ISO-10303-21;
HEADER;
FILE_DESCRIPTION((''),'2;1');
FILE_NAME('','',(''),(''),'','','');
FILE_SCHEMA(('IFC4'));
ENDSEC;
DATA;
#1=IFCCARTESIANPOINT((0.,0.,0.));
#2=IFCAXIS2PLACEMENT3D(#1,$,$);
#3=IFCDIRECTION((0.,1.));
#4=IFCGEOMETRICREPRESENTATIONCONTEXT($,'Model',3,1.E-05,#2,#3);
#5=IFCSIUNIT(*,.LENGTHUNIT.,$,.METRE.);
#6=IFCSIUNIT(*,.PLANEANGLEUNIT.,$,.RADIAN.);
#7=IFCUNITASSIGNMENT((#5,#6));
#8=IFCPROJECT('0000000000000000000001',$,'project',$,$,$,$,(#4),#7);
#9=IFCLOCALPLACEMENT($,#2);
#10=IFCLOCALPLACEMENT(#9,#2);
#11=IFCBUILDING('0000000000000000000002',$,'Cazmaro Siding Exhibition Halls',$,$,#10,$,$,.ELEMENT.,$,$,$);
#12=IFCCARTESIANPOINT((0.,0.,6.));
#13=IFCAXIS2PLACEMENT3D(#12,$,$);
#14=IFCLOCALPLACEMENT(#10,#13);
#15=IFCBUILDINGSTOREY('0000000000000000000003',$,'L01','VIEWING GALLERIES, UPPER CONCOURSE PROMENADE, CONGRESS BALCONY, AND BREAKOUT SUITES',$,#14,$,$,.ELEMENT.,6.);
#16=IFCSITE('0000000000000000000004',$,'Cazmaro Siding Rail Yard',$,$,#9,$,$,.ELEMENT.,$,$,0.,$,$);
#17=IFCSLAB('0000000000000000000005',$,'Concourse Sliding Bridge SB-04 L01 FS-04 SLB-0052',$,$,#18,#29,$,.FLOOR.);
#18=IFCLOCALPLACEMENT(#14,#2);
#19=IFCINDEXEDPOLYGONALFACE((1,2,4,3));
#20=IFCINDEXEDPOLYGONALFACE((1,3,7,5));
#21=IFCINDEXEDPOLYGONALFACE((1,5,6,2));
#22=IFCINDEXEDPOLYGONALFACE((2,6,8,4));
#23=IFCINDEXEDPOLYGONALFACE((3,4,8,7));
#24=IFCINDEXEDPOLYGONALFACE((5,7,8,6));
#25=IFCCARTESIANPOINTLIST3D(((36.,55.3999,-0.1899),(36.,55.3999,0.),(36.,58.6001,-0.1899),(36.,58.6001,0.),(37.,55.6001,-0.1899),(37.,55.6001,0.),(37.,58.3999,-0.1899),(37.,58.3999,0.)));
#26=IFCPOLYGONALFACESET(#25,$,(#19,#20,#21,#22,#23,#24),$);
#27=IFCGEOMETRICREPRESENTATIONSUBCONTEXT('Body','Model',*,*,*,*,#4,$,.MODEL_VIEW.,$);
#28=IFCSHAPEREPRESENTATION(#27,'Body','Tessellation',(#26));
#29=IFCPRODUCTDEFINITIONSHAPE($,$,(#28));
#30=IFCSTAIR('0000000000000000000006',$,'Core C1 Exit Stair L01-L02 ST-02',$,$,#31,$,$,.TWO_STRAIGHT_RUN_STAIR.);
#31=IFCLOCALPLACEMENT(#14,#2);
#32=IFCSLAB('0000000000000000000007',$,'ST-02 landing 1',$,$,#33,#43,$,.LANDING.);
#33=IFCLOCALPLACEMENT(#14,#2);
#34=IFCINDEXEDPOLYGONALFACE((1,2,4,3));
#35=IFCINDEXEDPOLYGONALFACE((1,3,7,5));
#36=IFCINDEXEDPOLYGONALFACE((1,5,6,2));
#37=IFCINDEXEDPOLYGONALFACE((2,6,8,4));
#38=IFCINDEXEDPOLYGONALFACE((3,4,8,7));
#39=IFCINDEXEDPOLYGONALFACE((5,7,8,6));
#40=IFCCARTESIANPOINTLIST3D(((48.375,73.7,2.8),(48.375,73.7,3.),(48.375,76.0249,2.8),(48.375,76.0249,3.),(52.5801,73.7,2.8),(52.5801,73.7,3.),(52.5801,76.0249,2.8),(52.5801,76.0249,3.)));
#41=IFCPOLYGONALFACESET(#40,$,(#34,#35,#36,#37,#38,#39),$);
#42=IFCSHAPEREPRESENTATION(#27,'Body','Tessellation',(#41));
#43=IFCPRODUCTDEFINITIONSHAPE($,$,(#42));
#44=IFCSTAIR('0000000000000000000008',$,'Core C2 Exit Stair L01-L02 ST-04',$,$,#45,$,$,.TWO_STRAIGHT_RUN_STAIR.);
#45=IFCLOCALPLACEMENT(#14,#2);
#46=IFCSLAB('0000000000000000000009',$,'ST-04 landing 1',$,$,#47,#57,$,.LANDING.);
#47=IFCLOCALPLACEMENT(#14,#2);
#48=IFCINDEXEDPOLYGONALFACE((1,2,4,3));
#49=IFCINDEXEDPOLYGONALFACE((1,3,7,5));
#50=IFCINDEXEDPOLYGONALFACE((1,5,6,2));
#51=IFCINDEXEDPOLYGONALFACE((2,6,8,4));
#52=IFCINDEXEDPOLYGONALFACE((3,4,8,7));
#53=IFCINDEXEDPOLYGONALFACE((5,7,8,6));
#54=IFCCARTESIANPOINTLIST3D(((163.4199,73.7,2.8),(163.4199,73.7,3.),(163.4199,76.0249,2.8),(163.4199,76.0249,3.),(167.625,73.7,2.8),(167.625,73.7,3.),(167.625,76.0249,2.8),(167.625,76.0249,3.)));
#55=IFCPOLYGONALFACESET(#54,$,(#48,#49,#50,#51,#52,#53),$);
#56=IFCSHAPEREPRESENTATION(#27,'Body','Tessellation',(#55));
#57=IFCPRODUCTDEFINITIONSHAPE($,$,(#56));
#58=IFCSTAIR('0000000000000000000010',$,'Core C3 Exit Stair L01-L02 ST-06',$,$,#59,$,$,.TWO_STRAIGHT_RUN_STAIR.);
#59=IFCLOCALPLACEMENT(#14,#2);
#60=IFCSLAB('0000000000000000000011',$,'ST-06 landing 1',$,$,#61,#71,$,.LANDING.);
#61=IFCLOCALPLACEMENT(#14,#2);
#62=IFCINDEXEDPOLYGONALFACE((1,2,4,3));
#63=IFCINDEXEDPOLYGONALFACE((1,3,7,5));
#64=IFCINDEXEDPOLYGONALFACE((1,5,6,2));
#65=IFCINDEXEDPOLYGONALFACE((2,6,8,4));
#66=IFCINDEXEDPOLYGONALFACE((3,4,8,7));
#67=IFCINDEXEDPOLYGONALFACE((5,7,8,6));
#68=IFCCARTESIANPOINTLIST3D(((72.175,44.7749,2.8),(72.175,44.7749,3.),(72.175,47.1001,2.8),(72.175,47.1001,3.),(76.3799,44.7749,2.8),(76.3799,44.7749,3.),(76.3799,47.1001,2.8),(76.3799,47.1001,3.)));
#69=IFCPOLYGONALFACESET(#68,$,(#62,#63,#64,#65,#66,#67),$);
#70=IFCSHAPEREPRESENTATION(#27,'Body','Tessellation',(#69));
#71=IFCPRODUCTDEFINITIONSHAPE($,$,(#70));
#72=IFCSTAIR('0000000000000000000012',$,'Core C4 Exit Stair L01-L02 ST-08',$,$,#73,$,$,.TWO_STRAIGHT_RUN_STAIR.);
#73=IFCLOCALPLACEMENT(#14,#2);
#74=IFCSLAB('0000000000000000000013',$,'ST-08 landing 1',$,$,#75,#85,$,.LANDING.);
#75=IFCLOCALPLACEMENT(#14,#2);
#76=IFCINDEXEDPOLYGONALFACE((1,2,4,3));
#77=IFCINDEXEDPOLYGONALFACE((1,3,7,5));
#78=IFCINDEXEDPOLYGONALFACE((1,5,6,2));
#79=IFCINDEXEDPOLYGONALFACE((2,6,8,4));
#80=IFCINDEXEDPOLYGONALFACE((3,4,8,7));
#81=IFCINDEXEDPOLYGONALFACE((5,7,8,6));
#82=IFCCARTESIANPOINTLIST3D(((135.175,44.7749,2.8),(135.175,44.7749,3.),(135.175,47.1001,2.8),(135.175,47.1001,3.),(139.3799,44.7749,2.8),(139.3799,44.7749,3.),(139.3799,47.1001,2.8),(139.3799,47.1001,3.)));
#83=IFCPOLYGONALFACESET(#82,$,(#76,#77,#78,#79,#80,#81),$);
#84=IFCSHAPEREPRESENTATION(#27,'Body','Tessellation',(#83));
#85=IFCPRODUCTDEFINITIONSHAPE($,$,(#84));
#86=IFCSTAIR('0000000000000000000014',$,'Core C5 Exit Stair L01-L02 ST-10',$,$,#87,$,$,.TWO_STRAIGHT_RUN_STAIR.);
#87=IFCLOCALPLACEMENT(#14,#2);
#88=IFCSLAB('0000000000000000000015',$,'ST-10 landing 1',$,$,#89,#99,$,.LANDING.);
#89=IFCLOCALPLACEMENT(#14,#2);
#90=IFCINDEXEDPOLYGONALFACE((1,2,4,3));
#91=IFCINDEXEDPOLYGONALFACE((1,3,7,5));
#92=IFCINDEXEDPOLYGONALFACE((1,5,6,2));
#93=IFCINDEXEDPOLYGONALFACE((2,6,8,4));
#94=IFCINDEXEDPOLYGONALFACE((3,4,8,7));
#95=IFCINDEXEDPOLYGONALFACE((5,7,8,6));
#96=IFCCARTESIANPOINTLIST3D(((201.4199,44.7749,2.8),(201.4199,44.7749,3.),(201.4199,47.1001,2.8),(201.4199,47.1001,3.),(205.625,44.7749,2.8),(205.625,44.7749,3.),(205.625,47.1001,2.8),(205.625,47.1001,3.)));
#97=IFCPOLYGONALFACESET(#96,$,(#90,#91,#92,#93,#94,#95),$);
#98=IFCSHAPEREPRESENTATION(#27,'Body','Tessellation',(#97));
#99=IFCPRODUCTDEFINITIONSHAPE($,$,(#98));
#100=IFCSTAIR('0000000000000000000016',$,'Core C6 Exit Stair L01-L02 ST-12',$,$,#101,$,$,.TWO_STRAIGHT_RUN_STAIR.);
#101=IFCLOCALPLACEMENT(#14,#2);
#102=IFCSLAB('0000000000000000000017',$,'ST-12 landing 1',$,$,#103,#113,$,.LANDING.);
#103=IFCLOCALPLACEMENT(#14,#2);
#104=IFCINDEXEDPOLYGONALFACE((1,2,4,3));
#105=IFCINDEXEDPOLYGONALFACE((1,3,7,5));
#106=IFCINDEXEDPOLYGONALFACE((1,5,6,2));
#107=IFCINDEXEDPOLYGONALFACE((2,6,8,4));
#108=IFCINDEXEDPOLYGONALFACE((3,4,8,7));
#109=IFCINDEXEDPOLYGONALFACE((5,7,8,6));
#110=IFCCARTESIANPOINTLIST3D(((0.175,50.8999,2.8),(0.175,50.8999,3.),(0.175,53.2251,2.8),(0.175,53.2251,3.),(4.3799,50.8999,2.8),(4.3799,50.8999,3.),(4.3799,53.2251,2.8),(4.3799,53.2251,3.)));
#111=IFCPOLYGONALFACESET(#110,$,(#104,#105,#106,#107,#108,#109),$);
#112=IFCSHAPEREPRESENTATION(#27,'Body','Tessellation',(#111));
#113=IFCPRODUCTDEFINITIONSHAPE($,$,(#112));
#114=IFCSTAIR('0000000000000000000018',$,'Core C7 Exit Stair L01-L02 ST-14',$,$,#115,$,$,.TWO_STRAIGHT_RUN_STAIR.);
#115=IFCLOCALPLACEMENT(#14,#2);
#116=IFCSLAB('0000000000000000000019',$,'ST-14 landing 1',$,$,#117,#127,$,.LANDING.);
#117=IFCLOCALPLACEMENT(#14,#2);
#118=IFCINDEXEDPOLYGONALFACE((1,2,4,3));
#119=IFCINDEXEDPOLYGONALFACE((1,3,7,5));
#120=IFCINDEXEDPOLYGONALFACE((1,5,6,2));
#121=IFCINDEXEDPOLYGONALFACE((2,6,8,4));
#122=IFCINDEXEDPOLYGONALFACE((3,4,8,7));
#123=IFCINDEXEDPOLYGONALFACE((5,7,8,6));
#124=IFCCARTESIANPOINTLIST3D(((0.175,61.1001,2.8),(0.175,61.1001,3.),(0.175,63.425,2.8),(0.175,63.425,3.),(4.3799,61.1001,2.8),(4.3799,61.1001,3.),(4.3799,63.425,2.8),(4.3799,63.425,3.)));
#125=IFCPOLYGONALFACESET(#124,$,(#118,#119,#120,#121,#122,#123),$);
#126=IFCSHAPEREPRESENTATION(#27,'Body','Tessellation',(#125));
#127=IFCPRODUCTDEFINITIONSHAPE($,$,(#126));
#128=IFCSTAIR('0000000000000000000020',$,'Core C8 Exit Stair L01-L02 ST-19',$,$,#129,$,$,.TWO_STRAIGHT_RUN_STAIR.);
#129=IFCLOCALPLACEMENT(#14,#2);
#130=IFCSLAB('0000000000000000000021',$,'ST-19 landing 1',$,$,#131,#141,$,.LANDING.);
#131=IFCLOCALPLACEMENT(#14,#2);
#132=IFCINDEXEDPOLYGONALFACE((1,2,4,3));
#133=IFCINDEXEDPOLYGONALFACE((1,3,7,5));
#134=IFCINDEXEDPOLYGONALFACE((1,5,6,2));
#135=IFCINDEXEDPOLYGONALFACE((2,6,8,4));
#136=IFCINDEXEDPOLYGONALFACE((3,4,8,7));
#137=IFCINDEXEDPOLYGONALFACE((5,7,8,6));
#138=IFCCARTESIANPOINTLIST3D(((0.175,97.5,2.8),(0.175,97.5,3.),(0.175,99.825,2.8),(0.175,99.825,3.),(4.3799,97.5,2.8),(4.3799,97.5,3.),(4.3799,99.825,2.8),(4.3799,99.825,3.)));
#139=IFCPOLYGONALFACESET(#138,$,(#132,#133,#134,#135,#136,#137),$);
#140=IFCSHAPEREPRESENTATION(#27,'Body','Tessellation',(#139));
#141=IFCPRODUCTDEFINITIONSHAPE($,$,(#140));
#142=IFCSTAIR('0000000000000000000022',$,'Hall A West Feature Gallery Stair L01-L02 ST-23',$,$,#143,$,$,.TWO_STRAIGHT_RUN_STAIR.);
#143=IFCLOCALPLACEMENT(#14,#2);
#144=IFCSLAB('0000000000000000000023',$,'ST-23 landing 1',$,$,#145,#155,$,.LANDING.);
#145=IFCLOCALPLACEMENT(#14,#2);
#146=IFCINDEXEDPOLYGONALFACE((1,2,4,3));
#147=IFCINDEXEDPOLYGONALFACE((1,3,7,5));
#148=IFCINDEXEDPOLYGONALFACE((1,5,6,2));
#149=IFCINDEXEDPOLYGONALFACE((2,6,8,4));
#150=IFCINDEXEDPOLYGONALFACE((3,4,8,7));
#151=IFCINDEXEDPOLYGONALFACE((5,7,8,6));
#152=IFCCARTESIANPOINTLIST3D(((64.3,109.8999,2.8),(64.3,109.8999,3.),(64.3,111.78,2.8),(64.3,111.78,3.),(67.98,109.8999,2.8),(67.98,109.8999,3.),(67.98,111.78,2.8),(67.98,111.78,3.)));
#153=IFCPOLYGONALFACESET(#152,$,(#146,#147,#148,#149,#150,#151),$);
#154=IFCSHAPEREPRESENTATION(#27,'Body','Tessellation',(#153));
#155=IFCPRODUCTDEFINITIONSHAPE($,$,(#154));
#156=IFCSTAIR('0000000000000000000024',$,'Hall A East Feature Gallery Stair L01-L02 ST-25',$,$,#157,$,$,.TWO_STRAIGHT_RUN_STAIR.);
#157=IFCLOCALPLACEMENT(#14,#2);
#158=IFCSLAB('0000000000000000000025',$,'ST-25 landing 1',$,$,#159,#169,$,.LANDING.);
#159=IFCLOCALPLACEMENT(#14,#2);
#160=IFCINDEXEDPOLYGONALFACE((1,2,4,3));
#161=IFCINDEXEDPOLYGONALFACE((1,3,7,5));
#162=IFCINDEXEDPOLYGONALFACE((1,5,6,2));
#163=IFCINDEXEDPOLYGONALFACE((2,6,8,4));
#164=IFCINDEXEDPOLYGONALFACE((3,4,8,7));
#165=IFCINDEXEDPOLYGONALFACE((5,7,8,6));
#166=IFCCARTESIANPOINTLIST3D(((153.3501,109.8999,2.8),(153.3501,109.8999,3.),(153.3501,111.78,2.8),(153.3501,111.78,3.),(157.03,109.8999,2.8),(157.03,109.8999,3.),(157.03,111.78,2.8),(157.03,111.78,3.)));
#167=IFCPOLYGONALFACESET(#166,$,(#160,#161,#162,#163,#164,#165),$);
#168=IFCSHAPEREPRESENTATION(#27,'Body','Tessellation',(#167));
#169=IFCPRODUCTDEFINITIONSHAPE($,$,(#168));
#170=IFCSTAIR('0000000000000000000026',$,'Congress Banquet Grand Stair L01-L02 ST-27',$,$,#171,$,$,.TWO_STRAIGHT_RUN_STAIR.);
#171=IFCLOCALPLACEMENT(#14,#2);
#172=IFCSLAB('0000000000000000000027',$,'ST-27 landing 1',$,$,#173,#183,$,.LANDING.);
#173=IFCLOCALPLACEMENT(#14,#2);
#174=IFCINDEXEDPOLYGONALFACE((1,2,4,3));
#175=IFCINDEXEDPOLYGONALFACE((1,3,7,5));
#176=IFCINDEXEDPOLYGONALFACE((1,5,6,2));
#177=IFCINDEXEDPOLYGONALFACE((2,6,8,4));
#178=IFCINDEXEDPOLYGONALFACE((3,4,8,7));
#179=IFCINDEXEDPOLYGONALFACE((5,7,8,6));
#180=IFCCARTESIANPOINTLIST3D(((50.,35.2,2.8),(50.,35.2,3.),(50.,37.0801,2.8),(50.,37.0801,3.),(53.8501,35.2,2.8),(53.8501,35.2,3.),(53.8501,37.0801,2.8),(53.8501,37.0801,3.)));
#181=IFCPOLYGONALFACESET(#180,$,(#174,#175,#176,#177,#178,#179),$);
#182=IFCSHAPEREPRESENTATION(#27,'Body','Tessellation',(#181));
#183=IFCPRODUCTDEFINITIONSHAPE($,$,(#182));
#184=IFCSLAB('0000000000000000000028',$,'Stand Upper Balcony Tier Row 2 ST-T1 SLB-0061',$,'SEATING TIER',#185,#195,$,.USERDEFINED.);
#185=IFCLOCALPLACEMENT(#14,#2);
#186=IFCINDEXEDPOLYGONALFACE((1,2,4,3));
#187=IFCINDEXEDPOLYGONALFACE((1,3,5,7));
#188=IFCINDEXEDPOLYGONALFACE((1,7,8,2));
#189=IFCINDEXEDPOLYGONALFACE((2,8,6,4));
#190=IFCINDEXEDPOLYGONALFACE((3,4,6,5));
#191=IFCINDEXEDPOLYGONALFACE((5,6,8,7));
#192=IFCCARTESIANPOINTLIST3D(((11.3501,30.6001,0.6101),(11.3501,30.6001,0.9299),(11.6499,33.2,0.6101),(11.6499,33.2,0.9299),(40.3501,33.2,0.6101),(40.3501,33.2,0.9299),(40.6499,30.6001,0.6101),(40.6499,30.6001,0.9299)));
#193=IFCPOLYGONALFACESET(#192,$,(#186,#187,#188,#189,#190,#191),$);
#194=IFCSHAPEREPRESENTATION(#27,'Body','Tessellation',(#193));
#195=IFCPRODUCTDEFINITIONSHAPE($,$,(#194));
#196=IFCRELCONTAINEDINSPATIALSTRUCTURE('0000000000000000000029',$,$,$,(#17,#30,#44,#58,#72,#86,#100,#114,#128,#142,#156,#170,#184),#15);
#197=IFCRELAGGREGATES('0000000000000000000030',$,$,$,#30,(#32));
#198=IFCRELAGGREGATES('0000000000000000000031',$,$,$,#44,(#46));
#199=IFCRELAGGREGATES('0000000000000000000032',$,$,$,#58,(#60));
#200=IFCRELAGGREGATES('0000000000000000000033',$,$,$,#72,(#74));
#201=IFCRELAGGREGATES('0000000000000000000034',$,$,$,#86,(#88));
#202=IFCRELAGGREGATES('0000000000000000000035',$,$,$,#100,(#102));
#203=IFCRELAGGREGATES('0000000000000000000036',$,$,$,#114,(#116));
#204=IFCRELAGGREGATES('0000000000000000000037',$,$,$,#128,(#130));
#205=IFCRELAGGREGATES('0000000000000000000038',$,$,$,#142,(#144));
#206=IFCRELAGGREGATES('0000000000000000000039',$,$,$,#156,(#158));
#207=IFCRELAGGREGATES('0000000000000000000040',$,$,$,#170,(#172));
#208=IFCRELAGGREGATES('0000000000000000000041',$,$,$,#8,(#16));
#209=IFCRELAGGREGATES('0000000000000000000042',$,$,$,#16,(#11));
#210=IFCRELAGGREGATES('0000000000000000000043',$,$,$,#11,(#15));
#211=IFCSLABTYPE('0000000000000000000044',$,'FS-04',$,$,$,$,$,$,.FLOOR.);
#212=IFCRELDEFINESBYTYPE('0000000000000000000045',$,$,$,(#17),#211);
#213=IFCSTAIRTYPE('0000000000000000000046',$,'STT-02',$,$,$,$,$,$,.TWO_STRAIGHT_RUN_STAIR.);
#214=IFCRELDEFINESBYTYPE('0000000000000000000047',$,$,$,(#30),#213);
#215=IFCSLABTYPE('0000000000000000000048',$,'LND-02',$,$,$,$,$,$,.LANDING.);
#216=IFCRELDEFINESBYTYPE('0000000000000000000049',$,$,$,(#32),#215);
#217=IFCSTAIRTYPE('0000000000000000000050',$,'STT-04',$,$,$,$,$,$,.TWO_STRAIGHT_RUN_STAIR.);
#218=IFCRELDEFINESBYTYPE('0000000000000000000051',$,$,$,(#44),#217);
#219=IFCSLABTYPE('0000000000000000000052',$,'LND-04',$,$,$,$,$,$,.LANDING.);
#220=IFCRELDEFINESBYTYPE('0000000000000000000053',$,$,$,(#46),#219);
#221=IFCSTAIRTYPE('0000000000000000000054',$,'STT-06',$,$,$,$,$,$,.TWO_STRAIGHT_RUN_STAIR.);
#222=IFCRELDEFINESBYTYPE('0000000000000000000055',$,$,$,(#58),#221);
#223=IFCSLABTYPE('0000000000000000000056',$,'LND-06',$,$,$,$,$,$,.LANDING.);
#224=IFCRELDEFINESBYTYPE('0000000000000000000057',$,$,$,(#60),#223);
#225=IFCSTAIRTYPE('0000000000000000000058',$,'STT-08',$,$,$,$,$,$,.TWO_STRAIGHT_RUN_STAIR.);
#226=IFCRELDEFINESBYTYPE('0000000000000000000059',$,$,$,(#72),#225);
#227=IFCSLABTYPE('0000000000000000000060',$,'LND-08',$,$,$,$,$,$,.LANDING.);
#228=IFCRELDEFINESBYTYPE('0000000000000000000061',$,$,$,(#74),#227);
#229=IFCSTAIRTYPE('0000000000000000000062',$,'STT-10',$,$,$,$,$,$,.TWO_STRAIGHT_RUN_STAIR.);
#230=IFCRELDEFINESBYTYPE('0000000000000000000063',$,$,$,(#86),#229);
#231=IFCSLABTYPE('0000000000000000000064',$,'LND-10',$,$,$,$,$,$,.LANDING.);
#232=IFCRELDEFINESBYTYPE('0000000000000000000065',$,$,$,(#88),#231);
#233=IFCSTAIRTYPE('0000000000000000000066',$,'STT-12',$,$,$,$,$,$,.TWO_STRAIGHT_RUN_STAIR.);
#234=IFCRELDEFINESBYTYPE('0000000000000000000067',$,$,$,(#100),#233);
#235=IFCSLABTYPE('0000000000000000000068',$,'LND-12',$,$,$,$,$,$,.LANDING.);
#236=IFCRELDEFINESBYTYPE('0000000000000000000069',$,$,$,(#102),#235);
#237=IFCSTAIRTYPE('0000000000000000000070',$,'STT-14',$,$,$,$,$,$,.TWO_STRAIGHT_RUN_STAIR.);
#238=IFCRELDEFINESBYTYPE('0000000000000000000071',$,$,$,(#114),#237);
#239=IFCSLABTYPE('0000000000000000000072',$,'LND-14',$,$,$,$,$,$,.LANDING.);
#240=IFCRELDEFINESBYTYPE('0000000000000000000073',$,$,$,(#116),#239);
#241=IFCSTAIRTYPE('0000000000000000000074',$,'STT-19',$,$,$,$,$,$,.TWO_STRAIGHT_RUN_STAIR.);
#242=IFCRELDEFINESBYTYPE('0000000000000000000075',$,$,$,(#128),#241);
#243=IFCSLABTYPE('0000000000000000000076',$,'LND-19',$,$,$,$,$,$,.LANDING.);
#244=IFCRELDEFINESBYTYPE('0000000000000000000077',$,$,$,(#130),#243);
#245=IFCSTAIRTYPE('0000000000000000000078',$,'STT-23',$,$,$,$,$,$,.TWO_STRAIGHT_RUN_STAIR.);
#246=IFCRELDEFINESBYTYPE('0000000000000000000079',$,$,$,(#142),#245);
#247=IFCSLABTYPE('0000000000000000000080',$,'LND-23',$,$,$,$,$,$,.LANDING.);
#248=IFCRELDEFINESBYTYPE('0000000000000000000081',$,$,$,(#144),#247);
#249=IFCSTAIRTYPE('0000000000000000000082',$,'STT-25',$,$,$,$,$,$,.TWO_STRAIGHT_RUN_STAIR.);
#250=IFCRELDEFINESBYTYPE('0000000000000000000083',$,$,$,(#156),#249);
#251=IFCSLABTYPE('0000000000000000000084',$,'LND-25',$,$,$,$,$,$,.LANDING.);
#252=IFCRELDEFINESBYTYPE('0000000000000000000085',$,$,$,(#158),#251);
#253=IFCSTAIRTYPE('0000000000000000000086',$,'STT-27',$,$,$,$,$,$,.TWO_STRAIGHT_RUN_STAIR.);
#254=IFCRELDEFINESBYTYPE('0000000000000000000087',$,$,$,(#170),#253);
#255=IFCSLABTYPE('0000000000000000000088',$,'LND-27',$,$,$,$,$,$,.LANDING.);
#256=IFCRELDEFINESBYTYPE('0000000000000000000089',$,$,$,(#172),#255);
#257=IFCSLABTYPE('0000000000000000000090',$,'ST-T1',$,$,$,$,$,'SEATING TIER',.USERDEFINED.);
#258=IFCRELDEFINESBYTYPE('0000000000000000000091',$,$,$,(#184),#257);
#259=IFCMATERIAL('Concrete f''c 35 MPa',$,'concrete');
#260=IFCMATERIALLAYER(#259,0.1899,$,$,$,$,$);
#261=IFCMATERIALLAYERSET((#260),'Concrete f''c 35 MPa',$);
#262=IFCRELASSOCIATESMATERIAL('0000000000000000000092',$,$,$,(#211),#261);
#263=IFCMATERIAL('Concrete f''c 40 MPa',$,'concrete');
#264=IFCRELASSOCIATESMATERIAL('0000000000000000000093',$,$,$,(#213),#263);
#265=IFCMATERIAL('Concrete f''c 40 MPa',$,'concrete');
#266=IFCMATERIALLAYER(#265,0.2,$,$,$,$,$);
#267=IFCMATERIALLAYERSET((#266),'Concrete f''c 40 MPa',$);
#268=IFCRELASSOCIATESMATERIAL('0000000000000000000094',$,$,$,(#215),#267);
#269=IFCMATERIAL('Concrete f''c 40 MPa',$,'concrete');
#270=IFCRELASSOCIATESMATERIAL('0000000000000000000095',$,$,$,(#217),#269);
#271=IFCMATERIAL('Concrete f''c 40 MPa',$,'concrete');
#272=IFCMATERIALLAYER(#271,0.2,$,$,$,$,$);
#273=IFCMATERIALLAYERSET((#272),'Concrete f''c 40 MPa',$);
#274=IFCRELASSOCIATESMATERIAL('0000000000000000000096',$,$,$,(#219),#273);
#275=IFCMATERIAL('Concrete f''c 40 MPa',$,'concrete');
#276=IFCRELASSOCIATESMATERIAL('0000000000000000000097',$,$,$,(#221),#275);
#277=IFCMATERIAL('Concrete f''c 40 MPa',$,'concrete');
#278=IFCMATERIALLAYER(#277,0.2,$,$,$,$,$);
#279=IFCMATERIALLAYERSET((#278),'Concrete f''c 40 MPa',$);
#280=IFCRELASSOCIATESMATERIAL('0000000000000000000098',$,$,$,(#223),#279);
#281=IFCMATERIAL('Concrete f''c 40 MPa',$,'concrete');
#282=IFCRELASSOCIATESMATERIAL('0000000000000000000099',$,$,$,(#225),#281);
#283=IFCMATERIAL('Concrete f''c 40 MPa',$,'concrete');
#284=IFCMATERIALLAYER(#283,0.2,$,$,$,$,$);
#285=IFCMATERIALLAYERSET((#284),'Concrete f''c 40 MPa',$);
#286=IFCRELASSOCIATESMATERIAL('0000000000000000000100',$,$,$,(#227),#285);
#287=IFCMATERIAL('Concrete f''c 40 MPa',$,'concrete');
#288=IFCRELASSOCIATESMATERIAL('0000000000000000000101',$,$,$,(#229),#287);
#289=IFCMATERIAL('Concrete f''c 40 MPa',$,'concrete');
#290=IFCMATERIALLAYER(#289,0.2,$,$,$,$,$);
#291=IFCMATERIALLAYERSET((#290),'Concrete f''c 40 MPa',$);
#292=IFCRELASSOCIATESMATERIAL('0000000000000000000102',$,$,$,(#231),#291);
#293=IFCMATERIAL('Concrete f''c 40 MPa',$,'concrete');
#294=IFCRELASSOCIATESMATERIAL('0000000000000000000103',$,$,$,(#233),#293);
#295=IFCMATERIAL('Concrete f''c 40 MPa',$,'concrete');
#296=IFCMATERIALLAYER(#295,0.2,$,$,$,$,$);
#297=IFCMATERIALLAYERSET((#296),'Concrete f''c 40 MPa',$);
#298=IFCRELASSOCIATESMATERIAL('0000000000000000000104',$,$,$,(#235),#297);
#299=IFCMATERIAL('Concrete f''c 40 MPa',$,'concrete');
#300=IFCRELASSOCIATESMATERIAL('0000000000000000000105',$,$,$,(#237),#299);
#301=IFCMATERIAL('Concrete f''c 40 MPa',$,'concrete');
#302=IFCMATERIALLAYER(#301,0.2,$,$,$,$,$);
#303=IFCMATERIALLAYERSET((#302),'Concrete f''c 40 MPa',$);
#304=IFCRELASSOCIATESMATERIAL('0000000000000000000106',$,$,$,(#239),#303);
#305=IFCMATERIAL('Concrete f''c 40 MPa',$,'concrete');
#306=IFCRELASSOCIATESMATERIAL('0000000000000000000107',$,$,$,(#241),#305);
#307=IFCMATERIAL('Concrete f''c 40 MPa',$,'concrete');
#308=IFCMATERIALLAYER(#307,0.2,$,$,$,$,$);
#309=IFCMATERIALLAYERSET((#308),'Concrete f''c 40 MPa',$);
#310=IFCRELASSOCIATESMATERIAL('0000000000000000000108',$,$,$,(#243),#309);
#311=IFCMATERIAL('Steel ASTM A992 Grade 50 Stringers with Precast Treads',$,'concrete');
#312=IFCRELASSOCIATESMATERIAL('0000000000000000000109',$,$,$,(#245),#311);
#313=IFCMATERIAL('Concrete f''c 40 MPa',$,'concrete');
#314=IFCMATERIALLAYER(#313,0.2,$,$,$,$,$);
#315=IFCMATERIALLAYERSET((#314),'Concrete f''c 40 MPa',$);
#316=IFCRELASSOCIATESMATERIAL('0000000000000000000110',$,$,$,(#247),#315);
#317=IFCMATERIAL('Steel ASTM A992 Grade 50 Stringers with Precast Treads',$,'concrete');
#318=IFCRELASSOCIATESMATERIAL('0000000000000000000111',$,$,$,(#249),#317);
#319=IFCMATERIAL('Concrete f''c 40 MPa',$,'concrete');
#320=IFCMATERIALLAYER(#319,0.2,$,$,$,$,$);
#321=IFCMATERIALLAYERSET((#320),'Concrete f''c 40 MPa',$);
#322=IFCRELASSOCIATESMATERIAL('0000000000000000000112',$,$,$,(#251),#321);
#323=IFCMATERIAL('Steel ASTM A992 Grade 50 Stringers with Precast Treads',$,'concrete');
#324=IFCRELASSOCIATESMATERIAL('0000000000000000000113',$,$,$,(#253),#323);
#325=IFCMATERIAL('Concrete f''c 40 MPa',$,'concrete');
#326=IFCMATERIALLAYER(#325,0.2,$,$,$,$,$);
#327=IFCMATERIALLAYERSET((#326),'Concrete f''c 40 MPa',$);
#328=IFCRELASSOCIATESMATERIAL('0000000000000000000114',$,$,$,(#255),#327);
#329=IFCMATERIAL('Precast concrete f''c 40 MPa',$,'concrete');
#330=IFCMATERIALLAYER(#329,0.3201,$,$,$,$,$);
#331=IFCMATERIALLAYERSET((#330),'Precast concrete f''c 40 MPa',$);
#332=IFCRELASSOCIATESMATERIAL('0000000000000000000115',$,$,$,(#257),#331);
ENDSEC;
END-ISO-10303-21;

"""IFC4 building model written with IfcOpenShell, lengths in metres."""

from ifc_helpers import new_model, si_unit, direction, frame, origin, place, context, subcontext, project, spatial, polyline, outline, extrude, material, layer, layer_set, type_object, element, aggregate, save


model = new_model("IFC4")

# Units and contexts
model_context = context("Model", 3, precision=1e-05, world=origin(), true_north=direction((0.0, 1.0)))
body_context = subcontext(model_context, "Body", "Model", "MODEL_VIEW")
ifc_project = project(units=[si_unit("LENGTHUNIT", "METRE"), si_unit("PLANEANGLEUNIT", "RADIAN")], contexts=[model_context])

# Site, building, storey
site_placement = place(None, origin())
site = spatial("IfcSite", under=ifc_project, at=site_placement, Name="Cazmaro Siding Rail Yard", CompositionType="ELEMENT", RefElevation=0.0)
building_placement = place(site_placement, origin())
building = spatial("IfcBuilding", under=site, at=building_placement, Name="Cazmaro Siding Exhibition Halls", CompositionType="ELEMENT")
storey_placement = place(building_placement, frame((0.0, 0.0, 6.0)))
storey = spatial("IfcBuildingStorey", under=building, at=storey_placement, Name="L01", Description="VIEWING GALLERIES, UPPER CONCOURSE PROMENADE, CONGRESS BALCONY, AND BREAKOUT SUITES", CompositionType="ELEMENT", Elevation=6.0)

# Slab
ifc_material_1 = material(Name="Concrete f'c 35 MPa", Category="concrete")
ifc_layer_1 = layer(ifc_material_1, 0.1899)
ifc_layer_set_1 = layer_set([ifc_layer_1], Name="Concrete f'c 35 MPa")
slab_type_1 = type_object("IfcSlabType", Name="FS-04", PredefinedType="FLOOR", material=ifc_layer_set_1)
slab_1_placement = place(storey_placement, frame((0.0, 0.0, -0.1899)))
element("IfcSlab", 1, at=slab_1_placement, inside=storey, type_object=slab_type_1, Name="Concourse Sliding Bridge SB-04 L01 FS-04 SLB-0052", PredefinedType="FLOOR", context=body_context, shape_type="SweptSolid", body=[
    extrude(outline(polyline([(36.0, 55.3999), (37.0, 55.6001), (37.0, 58.3999), (36.0, 58.6001), (36.0, 55.3999)])), origin(), (0.0, 0.0, 1.0), 0.1899),
])

# Stairs, slabs
ifc_material_2 = material(Name="Concrete f'c 40 MPa", Category="concrete")
stair_type_1 = type_object("IfcStairType", Name="STT-02", PredefinedType="TWO_STRAIGHT_RUN_STAIR", material=ifc_material_2)
stair_1_placement = place(storey_placement, origin())
stair_1 = element("IfcStair", 2, at=stair_1_placement, inside=storey, type_object=stair_type_1, Name="Core C1 Exit Stair L01-L02 ST-02", PredefinedType="TWO_STRAIGHT_RUN_STAIR")
ifc_material_3 = material(Name="Concrete f'c 40 MPa", Category="concrete")
ifc_layer_2 = layer(ifc_material_3, 0.2)
ifc_layer_set_2 = layer_set([ifc_layer_2], Name="Concrete f'c 40 MPa")
slab_type_2 = type_object("IfcSlabType", Name="LND-02", PredefinedType="LANDING", material=ifc_layer_set_2)
slab_2_placement = place(storey_placement, frame((0.0, 0.0, 2.8)))
slab_2 = element("IfcSlab", 3, at=slab_2_placement, type_object=slab_type_2, Name="ST-02 landing 1", PredefinedType="LANDING", context=body_context, shape_type="SweptSolid", body=[
    extrude(outline(polyline([(48.375, 73.7), (52.5801, 73.7), (52.5801, 76.0249), (48.375, 76.0249), (48.375, 73.7)])), origin(), (0.0, 0.0, 1.0), 0.2),
])
aggregate(stair_1, [slab_2])
ifc_material_4 = material(Name="Concrete f'c 40 MPa", Category="concrete")
stair_type_2 = type_object("IfcStairType", Name="STT-04", PredefinedType="TWO_STRAIGHT_RUN_STAIR", material=ifc_material_4)
stair_2_placement = place(storey_placement, origin())
stair_2 = element("IfcStair", 4, at=stair_2_placement, inside=storey, type_object=stair_type_2, Name="Core C2 Exit Stair L01-L02 ST-04", PredefinedType="TWO_STRAIGHT_RUN_STAIR")
ifc_material_5 = material(Name="Concrete f'c 40 MPa", Category="concrete")
ifc_layer_3 = layer(ifc_material_5, 0.2)
ifc_layer_set_3 = layer_set([ifc_layer_3], Name="Concrete f'c 40 MPa")
slab_type_3 = type_object("IfcSlabType", Name="LND-04", PredefinedType="LANDING", material=ifc_layer_set_3)
slab_3_placement = place(storey_placement, frame((0.0, 0.0, 2.8)))
slab_3 = element("IfcSlab", 5, at=slab_3_placement, type_object=slab_type_3, Name="ST-04 landing 1", PredefinedType="LANDING", context=body_context, shape_type="SweptSolid", body=[
    extrude(outline(polyline([(163.4199, 73.7), (167.625, 73.7), (167.625, 76.0249), (163.4199, 76.0249), (163.4199, 73.7)])), origin(), (0.0, 0.0, 1.0), 0.2),
])
aggregate(stair_2, [slab_3])
ifc_material_6 = material(Name="Concrete f'c 40 MPa", Category="concrete")
stair_type_3 = type_object("IfcStairType", Name="STT-06", PredefinedType="TWO_STRAIGHT_RUN_STAIR", material=ifc_material_6)
stair_3_placement = place(storey_placement, origin())
stair_3 = element("IfcStair", 6, at=stair_3_placement, inside=storey, type_object=stair_type_3, Name="Core C3 Exit Stair L01-L02 ST-06", PredefinedType="TWO_STRAIGHT_RUN_STAIR")
ifc_material_7 = material(Name="Concrete f'c 40 MPa", Category="concrete")
ifc_layer_4 = layer(ifc_material_7, 0.2)
ifc_layer_set_4 = layer_set([ifc_layer_4], Name="Concrete f'c 40 MPa")
slab_type_4 = type_object("IfcSlabType", Name="LND-06", PredefinedType="LANDING", material=ifc_layer_set_4)
slab_4_placement = place(storey_placement, frame((0.0, 0.0, 2.8)))
slab_4 = element("IfcSlab", 7, at=slab_4_placement, type_object=slab_type_4, Name="ST-06 landing 1", PredefinedType="LANDING", context=body_context, shape_type="SweptSolid", body=[
    extrude(outline(polyline([(72.175, 44.7749), (76.3799, 44.7749), (76.3799, 47.1001), (72.175, 47.1001), (72.175, 44.7749)])), origin(), (0.0, 0.0, 1.0), 0.2),
])
aggregate(stair_3, [slab_4])
ifc_material_8 = material(Name="Concrete f'c 40 MPa", Category="concrete")
stair_type_4 = type_object("IfcStairType", Name="STT-08", PredefinedType="TWO_STRAIGHT_RUN_STAIR", material=ifc_material_8)
stair_4_placement = place(storey_placement, origin())
stair_4 = element("IfcStair", 8, at=stair_4_placement, inside=storey, type_object=stair_type_4, Name="Core C4 Exit Stair L01-L02 ST-08", PredefinedType="TWO_STRAIGHT_RUN_STAIR")
ifc_material_9 = material(Name="Concrete f'c 40 MPa", Category="concrete")
ifc_layer_5 = layer(ifc_material_9, 0.2)
ifc_layer_set_5 = layer_set([ifc_layer_5], Name="Concrete f'c 40 MPa")
slab_type_5 = type_object("IfcSlabType", Name="LND-08", PredefinedType="LANDING", material=ifc_layer_set_5)
slab_5_placement = place(storey_placement, frame((0.0, 0.0, 2.8)))
slab_5 = element("IfcSlab", 9, at=slab_5_placement, type_object=slab_type_5, Name="ST-08 landing 1", PredefinedType="LANDING", context=body_context, shape_type="SweptSolid", body=[
    extrude(outline(polyline([(135.175, 44.7749), (139.3799, 44.7749), (139.3799, 47.1001), (135.175, 47.1001), (135.175, 44.7749)])), origin(), (0.0, 0.0, 1.0), 0.2),
])
aggregate(stair_4, [slab_5])
ifc_material_10 = material(Name="Concrete f'c 40 MPa", Category="concrete")
stair_type_5 = type_object("IfcStairType", Name="STT-10", PredefinedType="TWO_STRAIGHT_RUN_STAIR", material=ifc_material_10)
stair_5_placement = place(storey_placement, origin())
stair_5 = element("IfcStair", 10, at=stair_5_placement, inside=storey, type_object=stair_type_5, Name="Core C5 Exit Stair L01-L02 ST-10", PredefinedType="TWO_STRAIGHT_RUN_STAIR")
ifc_material_11 = material(Name="Concrete f'c 40 MPa", Category="concrete")
ifc_layer_6 = layer(ifc_material_11, 0.2)
ifc_layer_set_6 = layer_set([ifc_layer_6], Name="Concrete f'c 40 MPa")
slab_type_6 = type_object("IfcSlabType", Name="LND-10", PredefinedType="LANDING", material=ifc_layer_set_6)
slab_6_placement = place(storey_placement, frame((0.0, 0.0, 2.8)))
slab_6 = element("IfcSlab", 11, at=slab_6_placement, type_object=slab_type_6, Name="ST-10 landing 1", PredefinedType="LANDING", context=body_context, shape_type="SweptSolid", body=[
    extrude(outline(polyline([(201.4199, 44.7749), (205.625, 44.7749), (205.625, 47.1001), (201.4199, 47.1001), (201.4199, 44.7749)])), origin(), (0.0, 0.0, 1.0), 0.2),
])
aggregate(stair_5, [slab_6])
ifc_material_12 = material(Name="Concrete f'c 40 MPa", Category="concrete")
stair_type_6 = type_object("IfcStairType", Name="STT-12", PredefinedType="TWO_STRAIGHT_RUN_STAIR", material=ifc_material_12)
stair_6_placement = place(storey_placement, origin())
stair_6 = element("IfcStair", 12, at=stair_6_placement, inside=storey, type_object=stair_type_6, Name="Core C6 Exit Stair L01-L02 ST-12", PredefinedType="TWO_STRAIGHT_RUN_STAIR")
ifc_material_13 = material(Name="Concrete f'c 40 MPa", Category="concrete")
ifc_layer_7 = layer(ifc_material_13, 0.2)
ifc_layer_set_7 = layer_set([ifc_layer_7], Name="Concrete f'c 40 MPa")
slab_type_7 = type_object("IfcSlabType", Name="LND-12", PredefinedType="LANDING", material=ifc_layer_set_7)
slab_7_placement = place(storey_placement, frame((0.0, 0.0, 2.8)))
slab_7 = element("IfcSlab", 13, at=slab_7_placement, type_object=slab_type_7, Name="ST-12 landing 1", PredefinedType="LANDING", context=body_context, shape_type="SweptSolid", body=[
    extrude(outline(polyline([(0.175, 50.8999), (4.3799, 50.8999), (4.3799, 53.2251), (0.175, 53.2251), (0.175, 50.8999)])), origin(), (0.0, 0.0, 1.0), 0.2),
])
aggregate(stair_6, [slab_7])
ifc_material_14 = material(Name="Concrete f'c 40 MPa", Category="concrete")
stair_type_7 = type_object("IfcStairType", Name="STT-14", PredefinedType="TWO_STRAIGHT_RUN_STAIR", material=ifc_material_14)
stair_7_placement = place(storey_placement, origin())
stair_7 = element("IfcStair", 14, at=stair_7_placement, inside=storey, type_object=stair_type_7, Name="Core C7 Exit Stair L01-L02 ST-14", PredefinedType="TWO_STRAIGHT_RUN_STAIR")
ifc_material_15 = material(Name="Concrete f'c 40 MPa", Category="concrete")
ifc_layer_8 = layer(ifc_material_15, 0.2)
ifc_layer_set_8 = layer_set([ifc_layer_8], Name="Concrete f'c 40 MPa")
slab_type_8 = type_object("IfcSlabType", Name="LND-14", PredefinedType="LANDING", material=ifc_layer_set_8)
slab_8_placement = place(storey_placement, frame((0.0, 0.0, 2.8)))
slab_8 = element("IfcSlab", 15, at=slab_8_placement, type_object=slab_type_8, Name="ST-14 landing 1", PredefinedType="LANDING", context=body_context, shape_type="SweptSolid", body=[
    extrude(outline(polyline([(0.175, 61.1001), (4.3799, 61.1001), (4.3799, 63.425), (0.175, 63.425), (0.175, 61.1001)])), origin(), (0.0, 0.0, 1.0), 0.2),
])
aggregate(stair_7, [slab_8])
ifc_material_16 = material(Name="Concrete f'c 40 MPa", Category="concrete")
stair_type_8 = type_object("IfcStairType", Name="STT-19", PredefinedType="TWO_STRAIGHT_RUN_STAIR", material=ifc_material_16)
stair_8_placement = place(storey_placement, origin())
stair_8 = element("IfcStair", 16, at=stair_8_placement, inside=storey, type_object=stair_type_8, Name="Core C8 Exit Stair L01-L02 ST-19", PredefinedType="TWO_STRAIGHT_RUN_STAIR")
ifc_material_17 = material(Name="Concrete f'c 40 MPa", Category="concrete")
ifc_layer_9 = layer(ifc_material_17, 0.2)
ifc_layer_set_9 = layer_set([ifc_layer_9], Name="Concrete f'c 40 MPa")
slab_type_9 = type_object("IfcSlabType", Name="LND-19", PredefinedType="LANDING", material=ifc_layer_set_9)
slab_9_placement = place(storey_placement, frame((0.0, 0.0, 2.8)))
slab_9 = element("IfcSlab", 17, at=slab_9_placement, type_object=slab_type_9, Name="ST-19 landing 1", PredefinedType="LANDING", context=body_context, shape_type="SweptSolid", body=[
    extrude(outline(polyline([(0.175, 97.5), (4.3799, 97.5), (4.3799, 99.825), (0.175, 99.825), (0.175, 97.5)])), origin(), (0.0, 0.0, 1.0), 0.2),
])
aggregate(stair_8, [slab_9])
ifc_material_18 = material(Name="Steel ASTM A992 Grade 50 Stringers with Precast Treads", Category="concrete")
stair_type_9 = type_object("IfcStairType", Name="STT-23", PredefinedType="TWO_STRAIGHT_RUN_STAIR", material=ifc_material_18)
stair_9_placement = place(storey_placement, origin())
stair_9 = element("IfcStair", 18, at=stair_9_placement, inside=storey, type_object=stair_type_9, Name="Hall A West Feature Gallery Stair L01-L02 ST-23", PredefinedType="TWO_STRAIGHT_RUN_STAIR")
ifc_material_19 = material(Name="Concrete f'c 40 MPa", Category="concrete")
ifc_layer_10 = layer(ifc_material_19, 0.2)
ifc_layer_set_10 = layer_set([ifc_layer_10], Name="Concrete f'c 40 MPa")
slab_type_10 = type_object("IfcSlabType", Name="LND-23", PredefinedType="LANDING", material=ifc_layer_set_10)
slab_10_placement = place(storey_placement, frame((0.0, 0.0, 2.8)))
slab_10 = element("IfcSlab", 19, at=slab_10_placement, type_object=slab_type_10, Name="ST-23 landing 1", PredefinedType="LANDING", context=body_context, shape_type="SweptSolid", body=[
    extrude(outline(polyline([(64.3, 109.8999), (67.98, 109.8999), (67.98, 111.78), (64.3, 111.78), (64.3, 109.8999)])), origin(), (0.0, 0.0, 1.0), 0.2),
])
aggregate(stair_9, [slab_10])
ifc_material_20 = material(Name="Steel ASTM A992 Grade 50 Stringers with Precast Treads", Category="concrete")
stair_type_10 = type_object("IfcStairType", Name="STT-25", PredefinedType="TWO_STRAIGHT_RUN_STAIR", material=ifc_material_20)
stair_10_placement = place(storey_placement, origin())
stair_10 = element("IfcStair", 20, at=stair_10_placement, inside=storey, type_object=stair_type_10, Name="Hall A East Feature Gallery Stair L01-L02 ST-25", PredefinedType="TWO_STRAIGHT_RUN_STAIR")
ifc_material_21 = material(Name="Concrete f'c 40 MPa", Category="concrete")
ifc_layer_11 = layer(ifc_material_21, 0.2)
ifc_layer_set_11 = layer_set([ifc_layer_11], Name="Concrete f'c 40 MPa")
slab_type_11 = type_object("IfcSlabType", Name="LND-25", PredefinedType="LANDING", material=ifc_layer_set_11)
slab_11_placement = place(storey_placement, frame((0.0, 0.0, 2.8)))
slab_11 = element("IfcSlab", 21, at=slab_11_placement, type_object=slab_type_11, Name="ST-25 landing 1", PredefinedType="LANDING", context=body_context, shape_type="SweptSolid", body=[
    extrude(outline(polyline([(153.3501, 109.8999), (157.03, 109.8999), (157.03, 111.78), (153.3501, 111.78), (153.3501, 109.8999)])), origin(), (0.0, 0.0, 1.0), 0.2),
])
aggregate(stair_10, [slab_11])
ifc_material_22 = material(Name="Steel ASTM A992 Grade 50 Stringers with Precast Treads", Category="concrete")
stair_type_11 = type_object("IfcStairType", Name="STT-27", PredefinedType="TWO_STRAIGHT_RUN_STAIR", material=ifc_material_22)
stair_11_placement = place(storey_placement, origin())
stair_11 = element("IfcStair", 22, at=stair_11_placement, inside=storey, type_object=stair_type_11, Name="Congress Banquet Grand Stair L01-L02 ST-27", PredefinedType="TWO_STRAIGHT_RUN_STAIR")
ifc_material_23 = material(Name="Concrete f'c 40 MPa", Category="concrete")
ifc_layer_12 = layer(ifc_material_23, 0.2)
ifc_layer_set_12 = layer_set([ifc_layer_12], Name="Concrete f'c 40 MPa")
slab_type_12 = type_object("IfcSlabType", Name="LND-27", PredefinedType="LANDING", material=ifc_layer_set_12)
slab_12_placement = place(storey_placement, frame((0.0, 0.0, 2.8)))
slab_12 = element("IfcSlab", 23, at=slab_12_placement, type_object=slab_type_12, Name="ST-27 landing 1", PredefinedType="LANDING", context=body_context, shape_type="SweptSolid", body=[
    extrude(outline(polyline([(50.0, 35.2), (53.8501, 35.2), (53.8501, 37.0801), (50.0, 37.0801), (50.0, 35.2)])), origin(), (0.0, 0.0, 1.0), 0.2),
])
aggregate(stair_11, [slab_12])

# Slab
ifc_material_24 = material(Name="Precast concrete f'c 40 MPa", Category="concrete")
ifc_layer_13 = layer(ifc_material_24, 0.3201)
ifc_layer_set_13 = layer_set([ifc_layer_13], Name="Precast concrete f'c 40 MPa")
slab_type_13 = type_object("IfcSlabType", Name="ST-T1", ElementType="SEATING TIER", PredefinedType="USERDEFINED", material=ifc_layer_set_13)
slab_13_placement = place(storey_placement, frame((0.0, 0.0, 0.6101)))
element("IfcSlab", 24, at=slab_13_placement, inside=storey, type_object=slab_type_13, Name="Stand Upper Balcony Tier Row 2 ST-T1 SLB-0061", ObjectType="SEATING TIER", PredefinedType="USERDEFINED", context=body_context, shape_type="SweptSolid", body=[
    extrude(outline(polyline([(11.3501, 30.6001), (40.6499, 30.6001), (40.3501, 33.2), (11.6499, 33.2), (11.3501, 30.6001)])), origin(), (0.0, 0.0, 1.0), 0.3198),
])

save(model, "model.ifc")
